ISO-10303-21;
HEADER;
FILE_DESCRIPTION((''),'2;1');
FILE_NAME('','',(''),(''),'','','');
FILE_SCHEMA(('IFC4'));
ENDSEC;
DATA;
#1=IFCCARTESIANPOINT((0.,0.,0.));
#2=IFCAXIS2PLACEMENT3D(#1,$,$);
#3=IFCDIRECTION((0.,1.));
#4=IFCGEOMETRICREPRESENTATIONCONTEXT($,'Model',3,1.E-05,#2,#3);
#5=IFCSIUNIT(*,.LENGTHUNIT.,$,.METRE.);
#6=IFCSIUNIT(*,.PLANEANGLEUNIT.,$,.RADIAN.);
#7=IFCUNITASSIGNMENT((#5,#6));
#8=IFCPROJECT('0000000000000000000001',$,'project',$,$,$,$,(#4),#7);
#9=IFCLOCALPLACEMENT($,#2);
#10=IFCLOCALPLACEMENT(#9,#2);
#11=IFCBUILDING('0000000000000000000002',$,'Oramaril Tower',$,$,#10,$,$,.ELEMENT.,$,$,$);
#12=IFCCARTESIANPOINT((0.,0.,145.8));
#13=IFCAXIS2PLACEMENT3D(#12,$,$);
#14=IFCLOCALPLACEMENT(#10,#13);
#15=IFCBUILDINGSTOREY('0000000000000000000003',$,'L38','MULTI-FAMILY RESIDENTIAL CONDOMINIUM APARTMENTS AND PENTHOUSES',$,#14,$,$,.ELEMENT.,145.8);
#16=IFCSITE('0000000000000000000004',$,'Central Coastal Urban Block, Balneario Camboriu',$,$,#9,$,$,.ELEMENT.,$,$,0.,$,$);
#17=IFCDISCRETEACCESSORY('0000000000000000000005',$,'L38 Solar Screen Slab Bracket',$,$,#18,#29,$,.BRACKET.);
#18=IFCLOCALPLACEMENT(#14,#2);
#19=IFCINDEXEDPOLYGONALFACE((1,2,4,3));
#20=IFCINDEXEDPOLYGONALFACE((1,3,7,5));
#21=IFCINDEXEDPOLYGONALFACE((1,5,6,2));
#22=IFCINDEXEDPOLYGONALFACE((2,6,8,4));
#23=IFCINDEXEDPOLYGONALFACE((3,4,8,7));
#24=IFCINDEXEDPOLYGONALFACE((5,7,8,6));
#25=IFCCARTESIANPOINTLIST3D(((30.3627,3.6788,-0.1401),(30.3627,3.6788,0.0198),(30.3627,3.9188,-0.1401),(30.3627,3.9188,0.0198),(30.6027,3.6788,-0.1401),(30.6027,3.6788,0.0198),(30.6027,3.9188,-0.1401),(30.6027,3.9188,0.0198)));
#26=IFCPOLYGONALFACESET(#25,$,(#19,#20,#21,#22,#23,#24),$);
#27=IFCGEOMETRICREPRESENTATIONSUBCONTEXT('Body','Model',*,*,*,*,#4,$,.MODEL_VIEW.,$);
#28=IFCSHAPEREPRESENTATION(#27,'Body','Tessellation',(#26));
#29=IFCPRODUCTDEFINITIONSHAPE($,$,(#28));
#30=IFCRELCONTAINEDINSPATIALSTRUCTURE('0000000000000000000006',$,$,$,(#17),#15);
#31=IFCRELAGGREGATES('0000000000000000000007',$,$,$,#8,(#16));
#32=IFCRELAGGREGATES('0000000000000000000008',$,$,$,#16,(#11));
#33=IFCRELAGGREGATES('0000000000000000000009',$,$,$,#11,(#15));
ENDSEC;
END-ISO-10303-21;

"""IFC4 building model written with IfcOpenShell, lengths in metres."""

from ifc_helpers import new_model, si_unit, direction, frame, origin, origin_2d, place, context, subcontext, project, spatial, rectangle, extrude, element, save


model = new_model("IFC4")

# Units and contexts
model_context = context("Model", 3, precision=1e-05, world=origin(), true_north=direction((0.0, 1.0)))
body_context = subcontext(model_context, "Body", "Model", "MODEL_VIEW")
ifc_project = project(units=[si_unit("LENGTHUNIT", "METRE"), si_unit("PLANEANGLEUNIT", "RADIAN")], contexts=[model_context])

# Site, building, storey
site_placement = place(None, origin())
site = spatial("IfcSite", under=ifc_project, at=site_placement, Name="Central Coastal Urban Block, Balneario Camboriu", CompositionType="ELEMENT", RefElevation=0.0)
building_placement = place(site_placement, origin())
building = spatial("IfcBuilding", under=site, at=building_placement, Name="Oramaril Tower", CompositionType="ELEMENT")
storey_placement = place(building_placement, frame((0.0, 0.0, 145.8)))
storey = spatial("IfcBuildingStorey", under=building, at=storey_placement, Name="L38", Description="MULTI-FAMILY RESIDENTIAL CONDOMINIUM APARTMENTS AND PENTHOUSES", CompositionType="ELEMENT", Elevation=145.8)

# Discrete accessory
discrete_accessory_placement = place(storey_placement, frame((30.4827, 3.7988, -0.1401), z_axis=(0.0, 0.0, 1.0), x_axis=(1.0, 0.0, 0.0)))
element("IfcDiscreteAccessory", 1, at=discrete_accessory_placement, inside=storey, Name="L38 Solar Screen Slab Bracket", PredefinedType="BRACKET", context=body_context, shape_type="SweptSolid", body=[
    extrude(rectangle(XDim=0.24, YDim=0.24, at=origin_2d()), origin(), (0.0, 0.0, 1.0), 0.1599),
])

save(model, "model.ifc")
